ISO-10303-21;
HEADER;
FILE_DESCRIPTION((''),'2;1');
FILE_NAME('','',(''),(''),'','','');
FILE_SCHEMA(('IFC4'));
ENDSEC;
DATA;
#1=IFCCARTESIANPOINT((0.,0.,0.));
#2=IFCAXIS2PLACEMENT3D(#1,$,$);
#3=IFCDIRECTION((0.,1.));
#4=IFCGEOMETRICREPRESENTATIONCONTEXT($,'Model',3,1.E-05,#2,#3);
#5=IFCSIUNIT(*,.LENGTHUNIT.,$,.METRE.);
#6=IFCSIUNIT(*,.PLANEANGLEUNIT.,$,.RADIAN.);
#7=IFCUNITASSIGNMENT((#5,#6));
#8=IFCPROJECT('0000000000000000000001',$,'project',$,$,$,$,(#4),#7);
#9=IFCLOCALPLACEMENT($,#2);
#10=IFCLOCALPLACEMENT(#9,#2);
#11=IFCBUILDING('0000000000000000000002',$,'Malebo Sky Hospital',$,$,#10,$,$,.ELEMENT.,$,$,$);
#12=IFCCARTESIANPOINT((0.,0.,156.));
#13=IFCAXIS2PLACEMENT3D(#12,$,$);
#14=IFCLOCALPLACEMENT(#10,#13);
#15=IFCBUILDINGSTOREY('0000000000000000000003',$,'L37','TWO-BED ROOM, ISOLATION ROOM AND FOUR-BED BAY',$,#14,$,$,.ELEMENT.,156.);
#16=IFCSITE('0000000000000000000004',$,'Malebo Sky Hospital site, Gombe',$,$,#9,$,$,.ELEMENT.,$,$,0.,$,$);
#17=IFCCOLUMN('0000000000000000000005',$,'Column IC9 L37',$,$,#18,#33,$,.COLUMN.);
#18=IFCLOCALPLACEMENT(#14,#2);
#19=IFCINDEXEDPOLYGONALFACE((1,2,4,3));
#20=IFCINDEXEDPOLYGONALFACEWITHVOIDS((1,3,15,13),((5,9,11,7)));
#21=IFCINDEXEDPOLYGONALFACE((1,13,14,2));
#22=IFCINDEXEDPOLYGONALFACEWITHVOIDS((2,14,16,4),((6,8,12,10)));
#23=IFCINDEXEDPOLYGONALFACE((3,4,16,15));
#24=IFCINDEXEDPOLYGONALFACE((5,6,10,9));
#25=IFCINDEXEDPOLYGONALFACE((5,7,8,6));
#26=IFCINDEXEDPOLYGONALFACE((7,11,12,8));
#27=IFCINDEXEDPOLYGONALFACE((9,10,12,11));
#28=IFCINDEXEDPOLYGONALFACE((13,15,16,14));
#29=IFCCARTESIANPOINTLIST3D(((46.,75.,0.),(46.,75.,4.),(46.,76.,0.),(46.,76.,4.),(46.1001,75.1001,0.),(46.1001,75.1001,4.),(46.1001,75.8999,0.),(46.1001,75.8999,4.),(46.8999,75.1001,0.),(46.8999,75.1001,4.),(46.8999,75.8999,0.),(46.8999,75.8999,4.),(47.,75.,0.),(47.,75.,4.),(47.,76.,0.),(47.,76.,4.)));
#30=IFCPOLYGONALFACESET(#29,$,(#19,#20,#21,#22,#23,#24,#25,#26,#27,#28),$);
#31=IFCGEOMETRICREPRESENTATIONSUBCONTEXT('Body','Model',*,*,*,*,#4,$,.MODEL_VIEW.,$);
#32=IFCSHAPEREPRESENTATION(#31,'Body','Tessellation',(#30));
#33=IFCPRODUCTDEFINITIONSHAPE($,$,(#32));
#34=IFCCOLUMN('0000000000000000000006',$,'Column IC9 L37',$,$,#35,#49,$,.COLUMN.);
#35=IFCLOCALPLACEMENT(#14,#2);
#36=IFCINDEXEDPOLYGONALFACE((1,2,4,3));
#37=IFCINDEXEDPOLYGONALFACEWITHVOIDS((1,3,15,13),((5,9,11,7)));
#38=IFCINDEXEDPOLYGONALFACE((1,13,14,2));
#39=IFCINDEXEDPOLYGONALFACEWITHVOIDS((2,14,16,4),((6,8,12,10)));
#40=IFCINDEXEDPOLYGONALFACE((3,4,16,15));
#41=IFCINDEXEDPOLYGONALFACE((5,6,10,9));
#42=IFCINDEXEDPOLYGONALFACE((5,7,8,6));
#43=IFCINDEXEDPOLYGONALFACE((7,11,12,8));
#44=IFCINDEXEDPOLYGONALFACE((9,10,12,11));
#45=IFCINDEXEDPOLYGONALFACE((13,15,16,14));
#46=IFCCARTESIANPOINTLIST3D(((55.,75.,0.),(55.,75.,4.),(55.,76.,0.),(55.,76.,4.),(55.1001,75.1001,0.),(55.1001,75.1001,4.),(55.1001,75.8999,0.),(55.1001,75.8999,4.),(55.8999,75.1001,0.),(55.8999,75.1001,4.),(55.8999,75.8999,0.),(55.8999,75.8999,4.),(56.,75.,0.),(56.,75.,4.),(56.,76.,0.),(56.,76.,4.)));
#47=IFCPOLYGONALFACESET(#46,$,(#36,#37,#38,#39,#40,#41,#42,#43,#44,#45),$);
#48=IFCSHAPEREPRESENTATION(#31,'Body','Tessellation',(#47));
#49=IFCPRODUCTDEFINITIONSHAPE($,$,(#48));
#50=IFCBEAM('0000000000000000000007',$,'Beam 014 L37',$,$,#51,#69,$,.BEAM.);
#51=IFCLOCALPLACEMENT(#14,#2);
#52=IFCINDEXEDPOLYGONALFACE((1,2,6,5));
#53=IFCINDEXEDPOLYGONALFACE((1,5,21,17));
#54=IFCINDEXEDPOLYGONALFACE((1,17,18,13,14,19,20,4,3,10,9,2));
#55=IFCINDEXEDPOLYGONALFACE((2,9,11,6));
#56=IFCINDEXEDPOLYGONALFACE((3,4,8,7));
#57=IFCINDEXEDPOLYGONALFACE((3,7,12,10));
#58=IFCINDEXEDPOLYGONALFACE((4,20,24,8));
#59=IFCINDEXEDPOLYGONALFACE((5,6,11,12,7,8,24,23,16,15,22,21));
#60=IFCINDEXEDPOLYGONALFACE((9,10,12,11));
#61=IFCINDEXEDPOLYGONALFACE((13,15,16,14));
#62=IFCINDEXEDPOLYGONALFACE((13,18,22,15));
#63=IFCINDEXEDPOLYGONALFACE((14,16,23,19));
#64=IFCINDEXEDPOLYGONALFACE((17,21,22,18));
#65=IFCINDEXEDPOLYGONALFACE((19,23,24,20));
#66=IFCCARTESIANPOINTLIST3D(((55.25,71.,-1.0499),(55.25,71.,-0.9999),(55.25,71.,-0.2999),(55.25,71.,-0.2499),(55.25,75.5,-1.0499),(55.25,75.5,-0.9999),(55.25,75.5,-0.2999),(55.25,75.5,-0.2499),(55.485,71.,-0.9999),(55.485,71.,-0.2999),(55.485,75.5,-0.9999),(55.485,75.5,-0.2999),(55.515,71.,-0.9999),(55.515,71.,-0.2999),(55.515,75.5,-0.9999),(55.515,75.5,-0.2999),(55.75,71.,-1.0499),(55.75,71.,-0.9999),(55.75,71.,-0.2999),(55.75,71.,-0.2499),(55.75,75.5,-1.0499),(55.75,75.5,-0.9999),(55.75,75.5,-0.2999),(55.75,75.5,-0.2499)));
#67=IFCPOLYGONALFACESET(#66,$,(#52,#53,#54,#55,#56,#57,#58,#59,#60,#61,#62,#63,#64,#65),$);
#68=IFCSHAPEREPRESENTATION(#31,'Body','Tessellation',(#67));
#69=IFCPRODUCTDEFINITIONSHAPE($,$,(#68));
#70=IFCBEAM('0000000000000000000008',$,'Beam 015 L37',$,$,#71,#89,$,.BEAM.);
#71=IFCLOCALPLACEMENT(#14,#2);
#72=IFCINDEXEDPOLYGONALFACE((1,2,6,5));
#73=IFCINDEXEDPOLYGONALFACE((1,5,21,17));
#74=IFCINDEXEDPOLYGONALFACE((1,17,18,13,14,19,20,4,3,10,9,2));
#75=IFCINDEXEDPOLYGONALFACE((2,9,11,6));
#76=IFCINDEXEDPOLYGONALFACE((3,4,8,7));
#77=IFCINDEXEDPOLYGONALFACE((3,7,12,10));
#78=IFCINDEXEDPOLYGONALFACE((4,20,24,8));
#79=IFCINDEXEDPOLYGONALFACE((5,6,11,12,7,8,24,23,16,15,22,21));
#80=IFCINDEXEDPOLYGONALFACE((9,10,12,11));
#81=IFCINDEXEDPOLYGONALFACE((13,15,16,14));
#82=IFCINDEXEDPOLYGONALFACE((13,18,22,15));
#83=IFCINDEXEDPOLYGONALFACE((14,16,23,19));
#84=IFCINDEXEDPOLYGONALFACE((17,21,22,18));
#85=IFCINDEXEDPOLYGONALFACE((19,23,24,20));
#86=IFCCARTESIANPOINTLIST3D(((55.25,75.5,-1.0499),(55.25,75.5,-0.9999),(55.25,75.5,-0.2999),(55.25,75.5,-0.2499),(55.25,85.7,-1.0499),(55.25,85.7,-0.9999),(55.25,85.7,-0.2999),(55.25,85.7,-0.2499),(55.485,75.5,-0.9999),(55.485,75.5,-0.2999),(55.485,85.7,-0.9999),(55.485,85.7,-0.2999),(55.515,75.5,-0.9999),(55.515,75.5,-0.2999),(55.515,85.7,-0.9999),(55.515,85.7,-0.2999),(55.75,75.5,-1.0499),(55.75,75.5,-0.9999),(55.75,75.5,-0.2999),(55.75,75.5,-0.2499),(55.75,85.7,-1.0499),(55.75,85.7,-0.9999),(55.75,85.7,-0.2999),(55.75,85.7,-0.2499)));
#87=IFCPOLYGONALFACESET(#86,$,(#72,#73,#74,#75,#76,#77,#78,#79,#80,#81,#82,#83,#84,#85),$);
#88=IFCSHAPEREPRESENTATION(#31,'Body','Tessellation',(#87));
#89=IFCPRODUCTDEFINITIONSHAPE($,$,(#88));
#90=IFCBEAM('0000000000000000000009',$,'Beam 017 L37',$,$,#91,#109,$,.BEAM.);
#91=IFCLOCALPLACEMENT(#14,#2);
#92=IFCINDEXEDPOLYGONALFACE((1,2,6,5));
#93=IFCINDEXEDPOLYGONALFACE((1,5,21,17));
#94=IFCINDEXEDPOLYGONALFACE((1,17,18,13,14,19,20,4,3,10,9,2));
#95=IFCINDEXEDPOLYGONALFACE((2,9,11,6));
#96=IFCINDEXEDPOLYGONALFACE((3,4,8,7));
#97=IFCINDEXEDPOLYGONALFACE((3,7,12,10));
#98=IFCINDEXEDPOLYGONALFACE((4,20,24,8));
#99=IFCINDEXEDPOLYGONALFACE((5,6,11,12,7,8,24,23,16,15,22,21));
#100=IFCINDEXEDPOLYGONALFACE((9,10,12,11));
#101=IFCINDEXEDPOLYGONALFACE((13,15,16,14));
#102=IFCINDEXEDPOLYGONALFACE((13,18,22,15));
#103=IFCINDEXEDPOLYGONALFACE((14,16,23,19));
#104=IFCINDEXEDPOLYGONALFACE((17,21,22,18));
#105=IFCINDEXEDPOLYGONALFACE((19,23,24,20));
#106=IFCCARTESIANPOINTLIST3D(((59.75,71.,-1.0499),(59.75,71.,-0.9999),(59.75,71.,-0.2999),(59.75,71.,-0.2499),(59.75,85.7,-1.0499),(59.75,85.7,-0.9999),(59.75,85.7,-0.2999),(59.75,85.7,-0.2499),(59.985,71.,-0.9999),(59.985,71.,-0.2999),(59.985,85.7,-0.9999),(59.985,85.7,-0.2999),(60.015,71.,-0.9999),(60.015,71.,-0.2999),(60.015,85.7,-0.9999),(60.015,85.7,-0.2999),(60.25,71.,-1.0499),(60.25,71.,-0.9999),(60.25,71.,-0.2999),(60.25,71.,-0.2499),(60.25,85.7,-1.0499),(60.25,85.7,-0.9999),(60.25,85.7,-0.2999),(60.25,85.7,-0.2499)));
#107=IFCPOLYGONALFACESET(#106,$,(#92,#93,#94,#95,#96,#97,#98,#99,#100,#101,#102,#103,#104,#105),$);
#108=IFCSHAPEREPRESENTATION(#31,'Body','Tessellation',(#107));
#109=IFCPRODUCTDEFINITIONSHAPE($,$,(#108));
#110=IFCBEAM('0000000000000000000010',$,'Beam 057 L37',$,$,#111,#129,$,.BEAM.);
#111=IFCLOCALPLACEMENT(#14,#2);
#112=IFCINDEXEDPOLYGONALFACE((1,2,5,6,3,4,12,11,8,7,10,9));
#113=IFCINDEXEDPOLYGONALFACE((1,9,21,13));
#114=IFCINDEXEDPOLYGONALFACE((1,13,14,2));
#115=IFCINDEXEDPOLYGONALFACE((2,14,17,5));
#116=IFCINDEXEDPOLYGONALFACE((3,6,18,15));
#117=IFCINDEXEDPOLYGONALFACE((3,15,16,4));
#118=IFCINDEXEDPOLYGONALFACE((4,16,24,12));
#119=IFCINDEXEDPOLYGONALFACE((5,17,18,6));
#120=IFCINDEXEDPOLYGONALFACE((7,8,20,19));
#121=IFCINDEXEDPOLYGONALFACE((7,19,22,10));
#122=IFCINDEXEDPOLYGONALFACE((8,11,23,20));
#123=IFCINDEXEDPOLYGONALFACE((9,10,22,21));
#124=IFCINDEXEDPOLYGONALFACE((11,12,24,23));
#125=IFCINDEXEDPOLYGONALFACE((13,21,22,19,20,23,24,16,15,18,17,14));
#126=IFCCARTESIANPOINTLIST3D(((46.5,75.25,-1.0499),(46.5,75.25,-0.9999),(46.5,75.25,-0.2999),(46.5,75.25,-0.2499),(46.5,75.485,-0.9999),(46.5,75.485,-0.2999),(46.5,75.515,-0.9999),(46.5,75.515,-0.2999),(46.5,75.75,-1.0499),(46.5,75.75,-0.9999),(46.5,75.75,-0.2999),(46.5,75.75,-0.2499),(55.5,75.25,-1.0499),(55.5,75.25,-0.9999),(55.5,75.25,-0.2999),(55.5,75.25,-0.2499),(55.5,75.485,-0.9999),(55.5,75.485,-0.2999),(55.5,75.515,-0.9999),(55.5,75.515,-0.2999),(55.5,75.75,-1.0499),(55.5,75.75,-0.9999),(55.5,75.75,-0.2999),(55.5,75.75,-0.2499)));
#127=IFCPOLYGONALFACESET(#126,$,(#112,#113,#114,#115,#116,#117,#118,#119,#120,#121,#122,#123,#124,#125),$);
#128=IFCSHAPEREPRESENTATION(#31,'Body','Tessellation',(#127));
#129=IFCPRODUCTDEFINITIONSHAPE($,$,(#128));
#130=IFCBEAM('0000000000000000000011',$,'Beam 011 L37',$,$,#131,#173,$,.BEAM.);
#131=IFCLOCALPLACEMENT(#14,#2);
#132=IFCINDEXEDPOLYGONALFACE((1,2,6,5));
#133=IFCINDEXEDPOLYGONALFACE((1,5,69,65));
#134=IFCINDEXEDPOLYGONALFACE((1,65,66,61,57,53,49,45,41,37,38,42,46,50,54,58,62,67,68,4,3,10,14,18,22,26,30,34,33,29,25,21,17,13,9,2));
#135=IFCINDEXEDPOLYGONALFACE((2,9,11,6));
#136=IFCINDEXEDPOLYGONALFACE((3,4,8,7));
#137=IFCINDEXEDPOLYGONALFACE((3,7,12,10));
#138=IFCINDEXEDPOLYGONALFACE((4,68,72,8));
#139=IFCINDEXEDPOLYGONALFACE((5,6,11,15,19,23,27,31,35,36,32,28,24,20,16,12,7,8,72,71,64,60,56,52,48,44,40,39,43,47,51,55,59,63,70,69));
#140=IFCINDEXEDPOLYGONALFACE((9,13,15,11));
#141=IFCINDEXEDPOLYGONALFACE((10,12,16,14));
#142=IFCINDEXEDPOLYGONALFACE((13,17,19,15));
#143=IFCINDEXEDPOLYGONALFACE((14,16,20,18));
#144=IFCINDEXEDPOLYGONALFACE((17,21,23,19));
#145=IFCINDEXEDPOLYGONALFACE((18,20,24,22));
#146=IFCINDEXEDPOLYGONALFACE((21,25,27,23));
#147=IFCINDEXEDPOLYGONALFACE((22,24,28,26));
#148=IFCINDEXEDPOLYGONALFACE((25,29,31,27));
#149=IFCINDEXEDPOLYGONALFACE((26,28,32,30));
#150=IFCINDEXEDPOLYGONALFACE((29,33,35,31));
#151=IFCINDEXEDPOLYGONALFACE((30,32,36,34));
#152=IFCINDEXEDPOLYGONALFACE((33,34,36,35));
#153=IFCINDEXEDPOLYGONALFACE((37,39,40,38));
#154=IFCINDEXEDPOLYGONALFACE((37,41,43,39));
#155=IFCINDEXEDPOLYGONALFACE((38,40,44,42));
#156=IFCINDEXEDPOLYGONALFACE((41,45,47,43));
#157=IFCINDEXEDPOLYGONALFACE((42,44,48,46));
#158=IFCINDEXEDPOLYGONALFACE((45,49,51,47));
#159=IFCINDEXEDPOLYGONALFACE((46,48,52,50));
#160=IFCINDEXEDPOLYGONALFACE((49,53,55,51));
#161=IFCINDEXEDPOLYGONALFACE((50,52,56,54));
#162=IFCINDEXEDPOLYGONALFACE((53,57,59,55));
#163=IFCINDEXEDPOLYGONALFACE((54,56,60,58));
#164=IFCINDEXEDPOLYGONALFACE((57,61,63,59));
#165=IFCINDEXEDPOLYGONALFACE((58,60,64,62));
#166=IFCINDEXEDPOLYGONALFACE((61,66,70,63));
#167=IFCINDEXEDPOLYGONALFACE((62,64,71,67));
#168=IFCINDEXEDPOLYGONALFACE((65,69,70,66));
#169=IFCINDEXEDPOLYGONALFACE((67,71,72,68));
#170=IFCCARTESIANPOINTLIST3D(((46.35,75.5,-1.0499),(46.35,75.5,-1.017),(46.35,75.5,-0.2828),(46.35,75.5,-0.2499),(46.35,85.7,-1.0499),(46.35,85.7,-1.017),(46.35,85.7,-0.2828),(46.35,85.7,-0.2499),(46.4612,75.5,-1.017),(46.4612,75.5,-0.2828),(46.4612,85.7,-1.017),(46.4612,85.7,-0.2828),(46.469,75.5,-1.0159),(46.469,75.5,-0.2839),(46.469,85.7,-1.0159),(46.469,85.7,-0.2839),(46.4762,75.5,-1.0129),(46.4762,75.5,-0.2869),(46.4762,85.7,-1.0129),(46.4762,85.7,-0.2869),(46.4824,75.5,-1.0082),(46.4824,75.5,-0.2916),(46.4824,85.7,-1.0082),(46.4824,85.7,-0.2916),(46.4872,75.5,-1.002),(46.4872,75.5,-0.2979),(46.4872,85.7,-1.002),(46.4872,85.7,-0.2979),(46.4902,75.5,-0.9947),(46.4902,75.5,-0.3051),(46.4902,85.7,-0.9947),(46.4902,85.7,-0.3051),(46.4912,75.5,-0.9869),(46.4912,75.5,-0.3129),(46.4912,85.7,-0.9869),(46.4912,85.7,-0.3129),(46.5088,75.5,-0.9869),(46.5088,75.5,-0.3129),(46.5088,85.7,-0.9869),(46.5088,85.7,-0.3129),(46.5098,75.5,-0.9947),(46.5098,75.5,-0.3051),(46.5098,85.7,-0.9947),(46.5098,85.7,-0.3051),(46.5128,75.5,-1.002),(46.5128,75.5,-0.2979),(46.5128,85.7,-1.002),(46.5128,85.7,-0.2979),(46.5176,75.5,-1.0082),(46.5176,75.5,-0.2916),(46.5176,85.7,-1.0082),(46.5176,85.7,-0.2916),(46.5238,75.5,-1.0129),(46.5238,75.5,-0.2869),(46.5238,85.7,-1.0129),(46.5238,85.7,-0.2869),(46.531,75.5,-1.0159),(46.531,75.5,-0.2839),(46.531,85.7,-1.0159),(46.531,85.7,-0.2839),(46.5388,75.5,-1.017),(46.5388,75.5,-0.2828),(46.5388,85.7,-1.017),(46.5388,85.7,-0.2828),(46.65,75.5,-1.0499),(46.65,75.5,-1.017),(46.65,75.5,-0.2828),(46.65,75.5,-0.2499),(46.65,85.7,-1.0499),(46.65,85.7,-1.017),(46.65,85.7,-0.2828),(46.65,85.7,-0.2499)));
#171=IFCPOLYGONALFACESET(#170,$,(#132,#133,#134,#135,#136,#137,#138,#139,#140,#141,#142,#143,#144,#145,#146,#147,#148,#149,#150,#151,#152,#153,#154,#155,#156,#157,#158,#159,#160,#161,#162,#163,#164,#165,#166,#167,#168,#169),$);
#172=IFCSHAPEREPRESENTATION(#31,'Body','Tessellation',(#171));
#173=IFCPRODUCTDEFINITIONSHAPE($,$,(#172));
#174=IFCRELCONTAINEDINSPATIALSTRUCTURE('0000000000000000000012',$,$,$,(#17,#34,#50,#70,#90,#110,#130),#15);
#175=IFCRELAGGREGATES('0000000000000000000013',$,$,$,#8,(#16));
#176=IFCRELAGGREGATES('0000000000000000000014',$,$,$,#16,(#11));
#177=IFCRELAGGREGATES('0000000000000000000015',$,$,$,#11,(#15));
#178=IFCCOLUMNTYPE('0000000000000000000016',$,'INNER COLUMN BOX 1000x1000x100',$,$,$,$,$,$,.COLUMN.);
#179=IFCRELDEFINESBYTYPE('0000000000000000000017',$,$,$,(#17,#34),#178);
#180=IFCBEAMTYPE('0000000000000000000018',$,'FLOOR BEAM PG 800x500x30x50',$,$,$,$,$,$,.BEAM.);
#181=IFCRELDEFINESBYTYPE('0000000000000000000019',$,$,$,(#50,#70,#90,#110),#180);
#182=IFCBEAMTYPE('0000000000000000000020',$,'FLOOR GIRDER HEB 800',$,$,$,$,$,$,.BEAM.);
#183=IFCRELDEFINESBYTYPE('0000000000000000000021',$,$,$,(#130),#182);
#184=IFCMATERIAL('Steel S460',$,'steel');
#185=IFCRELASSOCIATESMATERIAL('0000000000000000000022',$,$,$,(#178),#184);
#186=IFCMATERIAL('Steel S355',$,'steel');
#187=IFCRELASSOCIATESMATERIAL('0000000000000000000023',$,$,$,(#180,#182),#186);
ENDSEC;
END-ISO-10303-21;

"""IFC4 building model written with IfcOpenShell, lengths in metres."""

from ifc_helpers import new_model, si_unit, direction, frame, origin, origin_2d, place, context, subcontext, project, spatial, hollow_rectangle, i_section, extrude, material, material_profile, profile_set, type_object, element, save


model = new_model("IFC4")

# Units and contexts
model_context = context("Model", 3, precision=1e-05, world=origin(), true_north=direction((0.0, 1.0)))
body_context = subcontext(model_context, "Body", "Model", "MODEL_VIEW")
ifc_project = project(units=[si_unit("LENGTHUNIT", "METRE"), si_unit("PLANEANGLEUNIT", "RADIAN")], contexts=[model_context])

# Site, building, storey
site_placement = place(None, origin())
site = spatial("IfcSite", under=ifc_project, at=site_placement, Name="Malebo Sky Hospital site, Gombe", CompositionType="ELEMENT", RefElevation=0.0)
building_placement = place(site_placement, origin())
building = spatial("IfcBuilding", under=site, at=building_placement, Name="Malebo Sky Hospital", CompositionType="ELEMENT")
storey_placement = place(building_placement, frame((0.0, 0.0, 156.0)))
storey = spatial("IfcBuildingStorey", under=building, at=storey_placement, Name="L37", Description="TWO-BED ROOM, ISOLATION ROOM AND FOUR-BED BAY", CompositionType="ELEMENT", Elevation=156.0)

# Columns
ifc_material_1 = material(Name="Steel S460", Category="steel")
ifc_material_profile_1 = material_profile(ifc_material_1, hollow_rectangle(XDim=1.0, YDim=1.0, WallThickness=0.1001, at=origin_2d()), Name="BOX 1000x1000x100")
ifc_profile_set_1 = profile_set([ifc_material_profile_1], Name="Steel S460")
column_type = type_object("IfcColumnType", Name="INNER COLUMN BOX 1000x1000x100", PredefinedType="COLUMN", material=ifc_profile_set_1)
for number, where, z_axis, x_axis, name in (
    (1, (46.5, 75.5, 0.0), (0.0, 0.0, 1.0), (1.0, 0.0, 0.0), "Column IC9 L37"),
    (2, (55.5, 75.5, 0.0), (0.0, 0.0, 1.0), (1.0, 0.0, 0.0), "Column IC9 L37"),
):
    element("IfcColumn", number, at=place(storey_placement, frame(where, z_axis=z_axis, x_axis=x_axis)), inside=storey, type_object=column_type, Name=name, PredefinedType="COLUMN", context=body_context, shape_type="SweptSolid", body=[
        extrude(hollow_rectangle(XDim=1.0, YDim=1.0, WallThickness=0.1001, at=origin_2d()), origin(), (0.0, 0.0, 1.0), 4.0),
    ])

# Beams
ifc_material_2 = material(Name="Steel S355", Category="steel")
ifc_material_profile_2 = material_profile(ifc_material_2, i_section(OverallWidth=0.5, OverallDepth=0.8, WebThickness=0.03, FlangeThickness=0.05, at=origin_2d()), Name="PG 800x500x30x50")
ifc_profile_set_2 = profile_set([ifc_material_profile_2], Name="Steel S355")
beam_type_1 = type_object("IfcBeamType", Name="FLOOR BEAM PG 800x500x30x50", PredefinedType="BEAM", material=ifc_profile_set_2)
beam_1_placement = place(storey_placement, frame((55.5, 71.0, -0.6499), z_axis=(0.0, 1.0, 0.0), x_axis=(-1.0, 0.0, 0.0)))
element("IfcBeam", 3, at=beam_1_placement, inside=storey, type_object=beam_type_1, Name="Beam 014 L37", PredefinedType="BEAM", context=body_context, shape_type="SweptSolid", body=[
    extrude(i_section(OverallWidth=0.5, OverallDepth=0.8, WebThickness=0.03, FlangeThickness=0.05, at=origin_2d()), origin(), (0.0, 0.0, 1.0), 4.5),
])
beam_2_placement = place(storey_placement, frame((55.5, 75.5, -0.6499), z_axis=(0.0, 1.0, 0.0), x_axis=(-1.0, 0.0, 0.0)))
element("IfcBeam", 4, at=beam_2_placement, inside=storey, type_object=beam_type_1, Name="Beam 015 L37", PredefinedType="BEAM", context=body_context, shape_type="SweptSolid", body=[
    extrude(i_section(OverallWidth=0.5, OverallDepth=0.8, WebThickness=0.03, FlangeThickness=0.05, at=origin_2d()), origin(), (0.0, 0.0, 1.0), 10.2),
])
beam_3_placement = place(storey_placement, frame((60.0, 71.0, -0.6499), z_axis=(0.0, 1.0, 0.0), x_axis=(-1.0, 0.0, 0.0)))
element("IfcBeam", 5, at=beam_3_placement, inside=storey, type_object=beam_type_1, Name="Beam 017 L37", PredefinedType="BEAM", context=body_context, shape_type="SweptSolid", body=[
    extrude(i_section(OverallWidth=0.5, OverallDepth=0.8, WebThickness=0.03, FlangeThickness=0.05, at=origin_2d()), origin(), (0.0, 0.0, 1.0), 14.7),
])
beam_4_placement = place(storey_placement, frame((46.5, 75.5, -0.6499), z_axis=(1.0, 0.0, 0.0), x_axis=(0.0, 1.0, 0.0)))
element("IfcBeam", 6, at=beam_4_placement, inside=storey, type_object=beam_type_1, Name="Beam 057 L37", PredefinedType="BEAM", context=body_context, shape_type="SweptSolid", body=[
    extrude(i_section(OverallWidth=0.5, OverallDepth=0.8, WebThickness=0.03, FlangeThickness=0.05, at=origin_2d()), origin(), (0.0, 0.0, 1.0), 9.0),
])
ifc_material_profile_3 = material_profile(ifc_material_2, i_section(OverallWidth=0.3, OverallDepth=0.8, WebThickness=0.0176, FlangeThickness=0.033, FilletRadius=0.03, at=origin_2d()), Name="HEB 800")
ifc_profile_set_3 = profile_set([ifc_material_profile_3], Name="Steel S355")
beam_type_2 = type_object("IfcBeamType", Name="FLOOR GIRDER HEB 800", PredefinedType="BEAM", material=ifc_profile_set_3)
beam_5_placement = place(storey_placement, frame((46.5, 75.5, -0.6499), z_axis=(0.0, 1.0, 0.0), x_axis=(-1.0, 0.0, 0.0)))
element("IfcBeam", 7, at=beam_5_placement, inside=storey, type_object=beam_type_2, Name="Beam 011 L37", PredefinedType="BEAM", context=body_context, shape_type="SweptSolid", body=[
    extrude(i_section(OverallWidth=0.3, OverallDepth=0.8, WebThickness=0.0176, FlangeThickness=0.033, FilletRadius=0.03, at=origin_2d()), origin(), (0.0, 0.0, 1.0), 10.2),
])

save(model, "model.ifc")
